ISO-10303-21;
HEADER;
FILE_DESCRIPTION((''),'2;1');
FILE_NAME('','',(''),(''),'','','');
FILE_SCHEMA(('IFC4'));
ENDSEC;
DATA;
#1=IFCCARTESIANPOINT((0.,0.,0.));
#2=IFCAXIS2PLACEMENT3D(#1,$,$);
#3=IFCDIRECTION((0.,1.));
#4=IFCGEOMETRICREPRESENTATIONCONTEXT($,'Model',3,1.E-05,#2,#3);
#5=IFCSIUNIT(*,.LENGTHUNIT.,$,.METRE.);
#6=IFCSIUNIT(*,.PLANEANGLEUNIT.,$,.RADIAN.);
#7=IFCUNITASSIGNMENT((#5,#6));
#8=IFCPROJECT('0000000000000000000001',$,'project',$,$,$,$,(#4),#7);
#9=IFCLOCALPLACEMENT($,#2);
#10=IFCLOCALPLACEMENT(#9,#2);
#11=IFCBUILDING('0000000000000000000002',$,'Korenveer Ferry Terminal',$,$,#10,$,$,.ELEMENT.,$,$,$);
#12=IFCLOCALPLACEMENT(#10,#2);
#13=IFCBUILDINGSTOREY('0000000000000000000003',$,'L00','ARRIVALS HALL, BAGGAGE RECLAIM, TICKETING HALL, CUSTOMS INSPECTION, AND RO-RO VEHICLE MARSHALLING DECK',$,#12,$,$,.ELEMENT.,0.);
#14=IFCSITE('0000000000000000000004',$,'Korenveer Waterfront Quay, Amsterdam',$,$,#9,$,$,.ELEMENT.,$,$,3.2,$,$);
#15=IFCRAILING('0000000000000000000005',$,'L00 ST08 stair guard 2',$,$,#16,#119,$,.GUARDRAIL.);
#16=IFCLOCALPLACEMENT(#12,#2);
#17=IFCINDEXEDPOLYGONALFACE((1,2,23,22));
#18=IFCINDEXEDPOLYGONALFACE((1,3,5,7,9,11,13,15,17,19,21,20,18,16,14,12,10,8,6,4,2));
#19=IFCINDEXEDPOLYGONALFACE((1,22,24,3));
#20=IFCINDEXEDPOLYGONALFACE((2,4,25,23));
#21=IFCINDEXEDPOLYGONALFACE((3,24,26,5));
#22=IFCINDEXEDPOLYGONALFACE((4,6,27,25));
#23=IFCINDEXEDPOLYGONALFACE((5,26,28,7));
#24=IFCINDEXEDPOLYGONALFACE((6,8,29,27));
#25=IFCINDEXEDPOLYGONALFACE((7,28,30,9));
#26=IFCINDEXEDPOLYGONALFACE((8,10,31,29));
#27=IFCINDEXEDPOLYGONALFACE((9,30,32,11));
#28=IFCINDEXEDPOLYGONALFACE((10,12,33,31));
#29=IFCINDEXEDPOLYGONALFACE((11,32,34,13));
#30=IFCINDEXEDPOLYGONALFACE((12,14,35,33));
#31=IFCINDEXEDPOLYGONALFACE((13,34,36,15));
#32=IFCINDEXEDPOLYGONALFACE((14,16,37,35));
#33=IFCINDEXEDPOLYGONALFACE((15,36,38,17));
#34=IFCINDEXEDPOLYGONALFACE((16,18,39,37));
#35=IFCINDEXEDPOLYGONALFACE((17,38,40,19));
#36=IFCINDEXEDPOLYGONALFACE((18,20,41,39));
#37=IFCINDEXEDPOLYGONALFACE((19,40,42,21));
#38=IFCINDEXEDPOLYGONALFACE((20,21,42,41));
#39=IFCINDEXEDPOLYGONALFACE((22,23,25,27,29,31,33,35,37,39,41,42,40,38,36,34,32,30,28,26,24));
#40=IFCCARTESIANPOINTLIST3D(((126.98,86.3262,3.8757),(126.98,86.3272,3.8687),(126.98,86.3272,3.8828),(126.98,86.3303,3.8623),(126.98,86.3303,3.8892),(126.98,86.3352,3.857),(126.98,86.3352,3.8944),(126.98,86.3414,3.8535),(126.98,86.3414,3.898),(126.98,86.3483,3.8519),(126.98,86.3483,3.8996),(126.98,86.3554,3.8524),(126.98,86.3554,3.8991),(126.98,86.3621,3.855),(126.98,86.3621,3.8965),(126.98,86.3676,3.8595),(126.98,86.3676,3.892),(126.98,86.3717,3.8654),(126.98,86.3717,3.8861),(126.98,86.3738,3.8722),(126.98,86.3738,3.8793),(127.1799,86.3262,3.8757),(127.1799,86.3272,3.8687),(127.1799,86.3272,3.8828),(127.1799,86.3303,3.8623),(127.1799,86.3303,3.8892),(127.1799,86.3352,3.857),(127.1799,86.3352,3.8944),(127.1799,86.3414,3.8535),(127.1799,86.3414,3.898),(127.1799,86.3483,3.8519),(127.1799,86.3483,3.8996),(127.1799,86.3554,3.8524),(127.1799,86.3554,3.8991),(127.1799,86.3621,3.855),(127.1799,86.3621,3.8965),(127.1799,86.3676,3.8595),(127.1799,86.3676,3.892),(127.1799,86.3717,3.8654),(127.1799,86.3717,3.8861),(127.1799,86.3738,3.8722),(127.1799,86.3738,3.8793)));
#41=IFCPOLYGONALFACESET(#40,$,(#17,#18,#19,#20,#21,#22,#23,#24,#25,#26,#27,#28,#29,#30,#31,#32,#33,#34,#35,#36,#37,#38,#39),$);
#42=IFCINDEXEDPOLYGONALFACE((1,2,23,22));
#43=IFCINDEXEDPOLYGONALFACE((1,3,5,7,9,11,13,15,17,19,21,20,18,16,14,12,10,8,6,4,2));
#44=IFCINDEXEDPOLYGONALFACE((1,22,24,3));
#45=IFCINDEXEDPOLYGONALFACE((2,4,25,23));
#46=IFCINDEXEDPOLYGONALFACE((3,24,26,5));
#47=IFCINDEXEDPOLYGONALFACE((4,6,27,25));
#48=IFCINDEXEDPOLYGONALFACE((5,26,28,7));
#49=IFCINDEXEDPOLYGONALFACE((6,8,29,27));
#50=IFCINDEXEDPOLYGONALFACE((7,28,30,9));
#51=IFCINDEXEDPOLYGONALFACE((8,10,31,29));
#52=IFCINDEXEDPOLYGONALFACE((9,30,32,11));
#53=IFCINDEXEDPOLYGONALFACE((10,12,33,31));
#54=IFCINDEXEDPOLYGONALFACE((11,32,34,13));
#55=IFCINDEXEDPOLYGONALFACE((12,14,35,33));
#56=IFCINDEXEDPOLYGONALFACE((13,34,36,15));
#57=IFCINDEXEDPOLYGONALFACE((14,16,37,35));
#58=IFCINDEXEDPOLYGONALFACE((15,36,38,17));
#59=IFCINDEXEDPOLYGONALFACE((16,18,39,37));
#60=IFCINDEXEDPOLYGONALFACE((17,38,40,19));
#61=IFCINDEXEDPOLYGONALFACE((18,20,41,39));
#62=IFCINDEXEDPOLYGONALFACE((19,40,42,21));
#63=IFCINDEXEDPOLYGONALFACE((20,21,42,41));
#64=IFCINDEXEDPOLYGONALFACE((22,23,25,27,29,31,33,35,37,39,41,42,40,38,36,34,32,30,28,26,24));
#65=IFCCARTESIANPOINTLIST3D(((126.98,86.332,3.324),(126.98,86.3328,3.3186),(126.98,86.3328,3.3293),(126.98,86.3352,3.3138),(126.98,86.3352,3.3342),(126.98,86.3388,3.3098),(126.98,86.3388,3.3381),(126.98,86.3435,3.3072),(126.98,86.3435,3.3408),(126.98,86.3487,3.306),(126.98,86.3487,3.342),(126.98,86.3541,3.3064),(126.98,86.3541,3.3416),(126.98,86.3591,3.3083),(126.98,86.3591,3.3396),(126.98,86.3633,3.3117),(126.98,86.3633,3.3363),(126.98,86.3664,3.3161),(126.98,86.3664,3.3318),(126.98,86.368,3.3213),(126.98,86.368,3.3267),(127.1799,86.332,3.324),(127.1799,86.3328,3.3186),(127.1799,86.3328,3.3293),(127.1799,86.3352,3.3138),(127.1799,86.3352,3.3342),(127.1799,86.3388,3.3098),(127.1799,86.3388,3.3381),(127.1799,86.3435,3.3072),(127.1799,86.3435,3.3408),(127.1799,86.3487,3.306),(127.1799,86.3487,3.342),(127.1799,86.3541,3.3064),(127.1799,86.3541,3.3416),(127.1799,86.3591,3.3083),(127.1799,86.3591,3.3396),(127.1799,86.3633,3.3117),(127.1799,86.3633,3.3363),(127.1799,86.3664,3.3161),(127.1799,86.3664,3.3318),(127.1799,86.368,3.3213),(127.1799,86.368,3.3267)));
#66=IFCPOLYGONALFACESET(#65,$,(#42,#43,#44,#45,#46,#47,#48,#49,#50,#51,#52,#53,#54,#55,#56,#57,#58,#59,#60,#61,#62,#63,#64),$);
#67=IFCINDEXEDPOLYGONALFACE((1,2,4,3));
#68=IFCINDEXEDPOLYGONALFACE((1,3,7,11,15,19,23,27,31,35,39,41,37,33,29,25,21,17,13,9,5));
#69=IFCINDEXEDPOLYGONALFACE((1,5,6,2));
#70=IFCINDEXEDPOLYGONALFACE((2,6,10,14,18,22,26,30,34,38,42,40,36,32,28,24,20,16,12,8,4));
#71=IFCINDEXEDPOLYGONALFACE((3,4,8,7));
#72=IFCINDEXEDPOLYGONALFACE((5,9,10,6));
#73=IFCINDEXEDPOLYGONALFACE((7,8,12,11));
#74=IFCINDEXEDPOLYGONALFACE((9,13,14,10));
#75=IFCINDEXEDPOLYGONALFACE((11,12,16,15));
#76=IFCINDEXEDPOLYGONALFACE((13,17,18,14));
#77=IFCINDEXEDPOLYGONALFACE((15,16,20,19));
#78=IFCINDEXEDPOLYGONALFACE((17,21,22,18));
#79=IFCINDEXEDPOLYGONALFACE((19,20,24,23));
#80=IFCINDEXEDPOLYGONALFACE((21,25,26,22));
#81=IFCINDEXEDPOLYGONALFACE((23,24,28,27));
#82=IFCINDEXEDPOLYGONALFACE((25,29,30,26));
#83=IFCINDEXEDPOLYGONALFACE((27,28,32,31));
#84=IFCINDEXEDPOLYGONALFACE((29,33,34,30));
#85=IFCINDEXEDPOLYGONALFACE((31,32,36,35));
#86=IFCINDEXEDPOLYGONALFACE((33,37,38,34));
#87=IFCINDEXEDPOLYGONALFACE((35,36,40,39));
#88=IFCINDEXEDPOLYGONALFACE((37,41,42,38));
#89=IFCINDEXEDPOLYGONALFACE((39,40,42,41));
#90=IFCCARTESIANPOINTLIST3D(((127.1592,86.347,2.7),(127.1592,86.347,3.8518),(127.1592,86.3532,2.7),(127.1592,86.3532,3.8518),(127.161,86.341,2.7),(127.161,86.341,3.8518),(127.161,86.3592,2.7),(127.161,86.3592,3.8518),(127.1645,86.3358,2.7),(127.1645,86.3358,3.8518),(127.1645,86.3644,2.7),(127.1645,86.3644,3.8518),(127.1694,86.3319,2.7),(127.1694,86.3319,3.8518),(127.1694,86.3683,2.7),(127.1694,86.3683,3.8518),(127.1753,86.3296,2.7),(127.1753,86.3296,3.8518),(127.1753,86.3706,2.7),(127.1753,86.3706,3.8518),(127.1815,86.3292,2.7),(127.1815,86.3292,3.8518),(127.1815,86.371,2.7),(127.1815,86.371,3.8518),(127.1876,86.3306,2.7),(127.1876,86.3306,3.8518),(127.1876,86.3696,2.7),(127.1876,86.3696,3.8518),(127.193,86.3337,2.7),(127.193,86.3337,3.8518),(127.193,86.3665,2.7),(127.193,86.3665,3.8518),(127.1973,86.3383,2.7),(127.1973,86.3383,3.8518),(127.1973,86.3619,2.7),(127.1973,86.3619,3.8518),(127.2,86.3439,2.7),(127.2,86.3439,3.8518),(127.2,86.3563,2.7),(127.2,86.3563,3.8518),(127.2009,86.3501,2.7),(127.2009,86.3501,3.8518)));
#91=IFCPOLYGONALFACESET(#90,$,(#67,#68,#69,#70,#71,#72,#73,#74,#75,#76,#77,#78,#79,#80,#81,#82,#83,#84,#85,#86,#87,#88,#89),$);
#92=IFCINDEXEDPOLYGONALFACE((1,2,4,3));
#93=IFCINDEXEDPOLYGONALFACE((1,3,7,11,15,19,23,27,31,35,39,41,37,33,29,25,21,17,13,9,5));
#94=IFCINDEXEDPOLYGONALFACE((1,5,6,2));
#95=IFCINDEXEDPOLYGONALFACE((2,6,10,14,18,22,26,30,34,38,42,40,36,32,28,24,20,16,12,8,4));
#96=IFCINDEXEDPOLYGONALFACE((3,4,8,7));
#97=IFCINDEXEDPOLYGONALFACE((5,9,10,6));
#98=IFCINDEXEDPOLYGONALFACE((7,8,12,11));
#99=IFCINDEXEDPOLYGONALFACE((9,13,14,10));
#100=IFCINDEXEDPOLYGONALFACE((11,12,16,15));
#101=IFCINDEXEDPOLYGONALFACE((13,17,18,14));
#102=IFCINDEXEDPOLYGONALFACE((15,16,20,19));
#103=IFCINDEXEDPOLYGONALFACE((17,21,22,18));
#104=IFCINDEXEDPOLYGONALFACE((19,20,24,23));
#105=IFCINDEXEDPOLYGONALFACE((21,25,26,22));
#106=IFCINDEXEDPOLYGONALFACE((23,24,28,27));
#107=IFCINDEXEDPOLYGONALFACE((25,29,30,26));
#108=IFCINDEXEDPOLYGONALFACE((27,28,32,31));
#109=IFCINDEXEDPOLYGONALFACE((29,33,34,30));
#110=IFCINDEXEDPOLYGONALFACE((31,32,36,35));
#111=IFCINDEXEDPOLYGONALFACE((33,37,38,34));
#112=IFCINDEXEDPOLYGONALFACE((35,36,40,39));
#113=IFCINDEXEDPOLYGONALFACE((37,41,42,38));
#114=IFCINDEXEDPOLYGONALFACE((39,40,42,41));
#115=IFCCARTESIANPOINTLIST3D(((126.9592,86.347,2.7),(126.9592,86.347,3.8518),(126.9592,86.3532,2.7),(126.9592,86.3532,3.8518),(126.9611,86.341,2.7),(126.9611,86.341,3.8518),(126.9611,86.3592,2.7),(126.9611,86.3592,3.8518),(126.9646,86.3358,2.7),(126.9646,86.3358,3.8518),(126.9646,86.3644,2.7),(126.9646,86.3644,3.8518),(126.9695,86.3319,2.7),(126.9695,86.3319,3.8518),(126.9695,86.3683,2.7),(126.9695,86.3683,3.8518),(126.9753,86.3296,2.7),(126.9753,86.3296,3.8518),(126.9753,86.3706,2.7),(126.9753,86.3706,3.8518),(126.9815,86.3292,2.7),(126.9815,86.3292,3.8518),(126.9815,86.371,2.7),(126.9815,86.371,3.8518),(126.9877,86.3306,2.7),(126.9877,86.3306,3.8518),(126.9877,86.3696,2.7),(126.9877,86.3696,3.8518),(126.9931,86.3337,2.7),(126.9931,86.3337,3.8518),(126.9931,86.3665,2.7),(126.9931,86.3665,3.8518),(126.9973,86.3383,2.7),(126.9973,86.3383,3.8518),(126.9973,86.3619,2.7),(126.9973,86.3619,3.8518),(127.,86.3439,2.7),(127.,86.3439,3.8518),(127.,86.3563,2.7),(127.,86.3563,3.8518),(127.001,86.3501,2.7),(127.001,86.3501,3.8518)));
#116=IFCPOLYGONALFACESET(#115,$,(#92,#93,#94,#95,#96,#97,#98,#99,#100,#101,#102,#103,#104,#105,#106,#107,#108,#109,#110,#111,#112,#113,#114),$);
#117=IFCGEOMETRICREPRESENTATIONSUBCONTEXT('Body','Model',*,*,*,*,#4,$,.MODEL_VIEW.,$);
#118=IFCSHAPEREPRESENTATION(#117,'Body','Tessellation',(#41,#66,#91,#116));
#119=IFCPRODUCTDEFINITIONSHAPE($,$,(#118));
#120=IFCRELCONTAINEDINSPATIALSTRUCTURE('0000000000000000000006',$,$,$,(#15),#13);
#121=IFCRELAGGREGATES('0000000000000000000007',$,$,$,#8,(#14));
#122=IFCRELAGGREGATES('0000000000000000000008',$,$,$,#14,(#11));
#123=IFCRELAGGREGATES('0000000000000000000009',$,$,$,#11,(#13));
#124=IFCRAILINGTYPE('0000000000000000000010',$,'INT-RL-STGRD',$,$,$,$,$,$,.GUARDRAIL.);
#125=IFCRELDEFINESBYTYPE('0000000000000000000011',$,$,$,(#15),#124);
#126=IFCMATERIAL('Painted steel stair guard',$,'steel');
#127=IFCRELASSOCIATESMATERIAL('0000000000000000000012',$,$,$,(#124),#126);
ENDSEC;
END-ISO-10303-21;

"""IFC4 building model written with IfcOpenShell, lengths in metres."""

from ifc_helpers import new_model, si_unit, direction, frame, origin, origin_2d, place, context, subcontext, project, spatial, circle, extrude, material, type_object, element, save


model = new_model("IFC4")

# Units and contexts
model_context = context("Model", 3, precision=1e-05, world=origin(), true_north=direction((0.0, 1.0)))
body_context = subcontext(model_context, "Body", "Model", "MODEL_VIEW")
ifc_project = project(units=[si_unit("LENGTHUNIT", "METRE"), si_unit("PLANEANGLEUNIT", "RADIAN")], contexts=[model_context])

# Site, building, storey
site_placement = place(None, origin())
site = spatial("IfcSite", under=ifc_project, at=site_placement, Name="Korenveer Waterfront Quay, Amsterdam", CompositionType="ELEMENT", RefElevation=3.2)
building_placement = place(site_placement, origin())
building = spatial("IfcBuilding", under=site, at=building_placement, Name="Korenveer Ferry Terminal", CompositionType="ELEMENT")
storey_placement = place(building_placement, origin())
storey = spatial("IfcBuildingStorey", under=building, at=storey_placement, Name="L00", Description="ARRIVALS HALL, BAGGAGE RECLAIM, TICKETING HALL, CUSTOMS INSPECTION, AND RO-RO VEHICLE MARSHALLING DECK", CompositionType="ELEMENT", Elevation=0.0)

# Railing
ifc_material_1 = material(Name="Painted steel stair guard", Category="steel")
railing_type_1 = type_object("IfcRailingType", Name="INT-RL-STGRD", PredefinedType="GUARDRAIL", material=ifc_material_1)
railing_1_placement = place(storey_placement, frame((127.1799, 86.3501, 2.7)))
element("IfcRailing", 1, at=railing_1_placement, inside=storey, type_object=railing_type_1, Name="L00 ST08 stair guard 2", PredefinedType="GUARDRAIL", context=body_context, shape_type="SweptSolid", body=[
    extrude(circle(Radius=0.0239, at=origin_2d()), frame((0.0, 0.0, 1.1758), z_axis=(-1.0, 0.0, 0.0), x_axis=(0.0, -1.0, 0.0)), (0.0, 0.0, 1.0), 0.2),
    extrude(circle(Radius=0.0181, at=origin_2d()), frame((0.0, 0.0, 0.624), z_axis=(-1.0, 0.0, 0.0), x_axis=(0.0, -1.0, 0.0)), (0.0, 0.0, 1.0), 0.2),
    extrude(circle(Radius=0.021, at=origin_2d()), origin(), (0.0, 0.0, 1.0), 1.1519),
    extrude(circle(Radius=0.021, at=origin_2d()), frame((-0.2, 0.0, 0.0)), (0.0, 0.0, 1.0), 1.1519),
])

save(model, "model.ifc")
